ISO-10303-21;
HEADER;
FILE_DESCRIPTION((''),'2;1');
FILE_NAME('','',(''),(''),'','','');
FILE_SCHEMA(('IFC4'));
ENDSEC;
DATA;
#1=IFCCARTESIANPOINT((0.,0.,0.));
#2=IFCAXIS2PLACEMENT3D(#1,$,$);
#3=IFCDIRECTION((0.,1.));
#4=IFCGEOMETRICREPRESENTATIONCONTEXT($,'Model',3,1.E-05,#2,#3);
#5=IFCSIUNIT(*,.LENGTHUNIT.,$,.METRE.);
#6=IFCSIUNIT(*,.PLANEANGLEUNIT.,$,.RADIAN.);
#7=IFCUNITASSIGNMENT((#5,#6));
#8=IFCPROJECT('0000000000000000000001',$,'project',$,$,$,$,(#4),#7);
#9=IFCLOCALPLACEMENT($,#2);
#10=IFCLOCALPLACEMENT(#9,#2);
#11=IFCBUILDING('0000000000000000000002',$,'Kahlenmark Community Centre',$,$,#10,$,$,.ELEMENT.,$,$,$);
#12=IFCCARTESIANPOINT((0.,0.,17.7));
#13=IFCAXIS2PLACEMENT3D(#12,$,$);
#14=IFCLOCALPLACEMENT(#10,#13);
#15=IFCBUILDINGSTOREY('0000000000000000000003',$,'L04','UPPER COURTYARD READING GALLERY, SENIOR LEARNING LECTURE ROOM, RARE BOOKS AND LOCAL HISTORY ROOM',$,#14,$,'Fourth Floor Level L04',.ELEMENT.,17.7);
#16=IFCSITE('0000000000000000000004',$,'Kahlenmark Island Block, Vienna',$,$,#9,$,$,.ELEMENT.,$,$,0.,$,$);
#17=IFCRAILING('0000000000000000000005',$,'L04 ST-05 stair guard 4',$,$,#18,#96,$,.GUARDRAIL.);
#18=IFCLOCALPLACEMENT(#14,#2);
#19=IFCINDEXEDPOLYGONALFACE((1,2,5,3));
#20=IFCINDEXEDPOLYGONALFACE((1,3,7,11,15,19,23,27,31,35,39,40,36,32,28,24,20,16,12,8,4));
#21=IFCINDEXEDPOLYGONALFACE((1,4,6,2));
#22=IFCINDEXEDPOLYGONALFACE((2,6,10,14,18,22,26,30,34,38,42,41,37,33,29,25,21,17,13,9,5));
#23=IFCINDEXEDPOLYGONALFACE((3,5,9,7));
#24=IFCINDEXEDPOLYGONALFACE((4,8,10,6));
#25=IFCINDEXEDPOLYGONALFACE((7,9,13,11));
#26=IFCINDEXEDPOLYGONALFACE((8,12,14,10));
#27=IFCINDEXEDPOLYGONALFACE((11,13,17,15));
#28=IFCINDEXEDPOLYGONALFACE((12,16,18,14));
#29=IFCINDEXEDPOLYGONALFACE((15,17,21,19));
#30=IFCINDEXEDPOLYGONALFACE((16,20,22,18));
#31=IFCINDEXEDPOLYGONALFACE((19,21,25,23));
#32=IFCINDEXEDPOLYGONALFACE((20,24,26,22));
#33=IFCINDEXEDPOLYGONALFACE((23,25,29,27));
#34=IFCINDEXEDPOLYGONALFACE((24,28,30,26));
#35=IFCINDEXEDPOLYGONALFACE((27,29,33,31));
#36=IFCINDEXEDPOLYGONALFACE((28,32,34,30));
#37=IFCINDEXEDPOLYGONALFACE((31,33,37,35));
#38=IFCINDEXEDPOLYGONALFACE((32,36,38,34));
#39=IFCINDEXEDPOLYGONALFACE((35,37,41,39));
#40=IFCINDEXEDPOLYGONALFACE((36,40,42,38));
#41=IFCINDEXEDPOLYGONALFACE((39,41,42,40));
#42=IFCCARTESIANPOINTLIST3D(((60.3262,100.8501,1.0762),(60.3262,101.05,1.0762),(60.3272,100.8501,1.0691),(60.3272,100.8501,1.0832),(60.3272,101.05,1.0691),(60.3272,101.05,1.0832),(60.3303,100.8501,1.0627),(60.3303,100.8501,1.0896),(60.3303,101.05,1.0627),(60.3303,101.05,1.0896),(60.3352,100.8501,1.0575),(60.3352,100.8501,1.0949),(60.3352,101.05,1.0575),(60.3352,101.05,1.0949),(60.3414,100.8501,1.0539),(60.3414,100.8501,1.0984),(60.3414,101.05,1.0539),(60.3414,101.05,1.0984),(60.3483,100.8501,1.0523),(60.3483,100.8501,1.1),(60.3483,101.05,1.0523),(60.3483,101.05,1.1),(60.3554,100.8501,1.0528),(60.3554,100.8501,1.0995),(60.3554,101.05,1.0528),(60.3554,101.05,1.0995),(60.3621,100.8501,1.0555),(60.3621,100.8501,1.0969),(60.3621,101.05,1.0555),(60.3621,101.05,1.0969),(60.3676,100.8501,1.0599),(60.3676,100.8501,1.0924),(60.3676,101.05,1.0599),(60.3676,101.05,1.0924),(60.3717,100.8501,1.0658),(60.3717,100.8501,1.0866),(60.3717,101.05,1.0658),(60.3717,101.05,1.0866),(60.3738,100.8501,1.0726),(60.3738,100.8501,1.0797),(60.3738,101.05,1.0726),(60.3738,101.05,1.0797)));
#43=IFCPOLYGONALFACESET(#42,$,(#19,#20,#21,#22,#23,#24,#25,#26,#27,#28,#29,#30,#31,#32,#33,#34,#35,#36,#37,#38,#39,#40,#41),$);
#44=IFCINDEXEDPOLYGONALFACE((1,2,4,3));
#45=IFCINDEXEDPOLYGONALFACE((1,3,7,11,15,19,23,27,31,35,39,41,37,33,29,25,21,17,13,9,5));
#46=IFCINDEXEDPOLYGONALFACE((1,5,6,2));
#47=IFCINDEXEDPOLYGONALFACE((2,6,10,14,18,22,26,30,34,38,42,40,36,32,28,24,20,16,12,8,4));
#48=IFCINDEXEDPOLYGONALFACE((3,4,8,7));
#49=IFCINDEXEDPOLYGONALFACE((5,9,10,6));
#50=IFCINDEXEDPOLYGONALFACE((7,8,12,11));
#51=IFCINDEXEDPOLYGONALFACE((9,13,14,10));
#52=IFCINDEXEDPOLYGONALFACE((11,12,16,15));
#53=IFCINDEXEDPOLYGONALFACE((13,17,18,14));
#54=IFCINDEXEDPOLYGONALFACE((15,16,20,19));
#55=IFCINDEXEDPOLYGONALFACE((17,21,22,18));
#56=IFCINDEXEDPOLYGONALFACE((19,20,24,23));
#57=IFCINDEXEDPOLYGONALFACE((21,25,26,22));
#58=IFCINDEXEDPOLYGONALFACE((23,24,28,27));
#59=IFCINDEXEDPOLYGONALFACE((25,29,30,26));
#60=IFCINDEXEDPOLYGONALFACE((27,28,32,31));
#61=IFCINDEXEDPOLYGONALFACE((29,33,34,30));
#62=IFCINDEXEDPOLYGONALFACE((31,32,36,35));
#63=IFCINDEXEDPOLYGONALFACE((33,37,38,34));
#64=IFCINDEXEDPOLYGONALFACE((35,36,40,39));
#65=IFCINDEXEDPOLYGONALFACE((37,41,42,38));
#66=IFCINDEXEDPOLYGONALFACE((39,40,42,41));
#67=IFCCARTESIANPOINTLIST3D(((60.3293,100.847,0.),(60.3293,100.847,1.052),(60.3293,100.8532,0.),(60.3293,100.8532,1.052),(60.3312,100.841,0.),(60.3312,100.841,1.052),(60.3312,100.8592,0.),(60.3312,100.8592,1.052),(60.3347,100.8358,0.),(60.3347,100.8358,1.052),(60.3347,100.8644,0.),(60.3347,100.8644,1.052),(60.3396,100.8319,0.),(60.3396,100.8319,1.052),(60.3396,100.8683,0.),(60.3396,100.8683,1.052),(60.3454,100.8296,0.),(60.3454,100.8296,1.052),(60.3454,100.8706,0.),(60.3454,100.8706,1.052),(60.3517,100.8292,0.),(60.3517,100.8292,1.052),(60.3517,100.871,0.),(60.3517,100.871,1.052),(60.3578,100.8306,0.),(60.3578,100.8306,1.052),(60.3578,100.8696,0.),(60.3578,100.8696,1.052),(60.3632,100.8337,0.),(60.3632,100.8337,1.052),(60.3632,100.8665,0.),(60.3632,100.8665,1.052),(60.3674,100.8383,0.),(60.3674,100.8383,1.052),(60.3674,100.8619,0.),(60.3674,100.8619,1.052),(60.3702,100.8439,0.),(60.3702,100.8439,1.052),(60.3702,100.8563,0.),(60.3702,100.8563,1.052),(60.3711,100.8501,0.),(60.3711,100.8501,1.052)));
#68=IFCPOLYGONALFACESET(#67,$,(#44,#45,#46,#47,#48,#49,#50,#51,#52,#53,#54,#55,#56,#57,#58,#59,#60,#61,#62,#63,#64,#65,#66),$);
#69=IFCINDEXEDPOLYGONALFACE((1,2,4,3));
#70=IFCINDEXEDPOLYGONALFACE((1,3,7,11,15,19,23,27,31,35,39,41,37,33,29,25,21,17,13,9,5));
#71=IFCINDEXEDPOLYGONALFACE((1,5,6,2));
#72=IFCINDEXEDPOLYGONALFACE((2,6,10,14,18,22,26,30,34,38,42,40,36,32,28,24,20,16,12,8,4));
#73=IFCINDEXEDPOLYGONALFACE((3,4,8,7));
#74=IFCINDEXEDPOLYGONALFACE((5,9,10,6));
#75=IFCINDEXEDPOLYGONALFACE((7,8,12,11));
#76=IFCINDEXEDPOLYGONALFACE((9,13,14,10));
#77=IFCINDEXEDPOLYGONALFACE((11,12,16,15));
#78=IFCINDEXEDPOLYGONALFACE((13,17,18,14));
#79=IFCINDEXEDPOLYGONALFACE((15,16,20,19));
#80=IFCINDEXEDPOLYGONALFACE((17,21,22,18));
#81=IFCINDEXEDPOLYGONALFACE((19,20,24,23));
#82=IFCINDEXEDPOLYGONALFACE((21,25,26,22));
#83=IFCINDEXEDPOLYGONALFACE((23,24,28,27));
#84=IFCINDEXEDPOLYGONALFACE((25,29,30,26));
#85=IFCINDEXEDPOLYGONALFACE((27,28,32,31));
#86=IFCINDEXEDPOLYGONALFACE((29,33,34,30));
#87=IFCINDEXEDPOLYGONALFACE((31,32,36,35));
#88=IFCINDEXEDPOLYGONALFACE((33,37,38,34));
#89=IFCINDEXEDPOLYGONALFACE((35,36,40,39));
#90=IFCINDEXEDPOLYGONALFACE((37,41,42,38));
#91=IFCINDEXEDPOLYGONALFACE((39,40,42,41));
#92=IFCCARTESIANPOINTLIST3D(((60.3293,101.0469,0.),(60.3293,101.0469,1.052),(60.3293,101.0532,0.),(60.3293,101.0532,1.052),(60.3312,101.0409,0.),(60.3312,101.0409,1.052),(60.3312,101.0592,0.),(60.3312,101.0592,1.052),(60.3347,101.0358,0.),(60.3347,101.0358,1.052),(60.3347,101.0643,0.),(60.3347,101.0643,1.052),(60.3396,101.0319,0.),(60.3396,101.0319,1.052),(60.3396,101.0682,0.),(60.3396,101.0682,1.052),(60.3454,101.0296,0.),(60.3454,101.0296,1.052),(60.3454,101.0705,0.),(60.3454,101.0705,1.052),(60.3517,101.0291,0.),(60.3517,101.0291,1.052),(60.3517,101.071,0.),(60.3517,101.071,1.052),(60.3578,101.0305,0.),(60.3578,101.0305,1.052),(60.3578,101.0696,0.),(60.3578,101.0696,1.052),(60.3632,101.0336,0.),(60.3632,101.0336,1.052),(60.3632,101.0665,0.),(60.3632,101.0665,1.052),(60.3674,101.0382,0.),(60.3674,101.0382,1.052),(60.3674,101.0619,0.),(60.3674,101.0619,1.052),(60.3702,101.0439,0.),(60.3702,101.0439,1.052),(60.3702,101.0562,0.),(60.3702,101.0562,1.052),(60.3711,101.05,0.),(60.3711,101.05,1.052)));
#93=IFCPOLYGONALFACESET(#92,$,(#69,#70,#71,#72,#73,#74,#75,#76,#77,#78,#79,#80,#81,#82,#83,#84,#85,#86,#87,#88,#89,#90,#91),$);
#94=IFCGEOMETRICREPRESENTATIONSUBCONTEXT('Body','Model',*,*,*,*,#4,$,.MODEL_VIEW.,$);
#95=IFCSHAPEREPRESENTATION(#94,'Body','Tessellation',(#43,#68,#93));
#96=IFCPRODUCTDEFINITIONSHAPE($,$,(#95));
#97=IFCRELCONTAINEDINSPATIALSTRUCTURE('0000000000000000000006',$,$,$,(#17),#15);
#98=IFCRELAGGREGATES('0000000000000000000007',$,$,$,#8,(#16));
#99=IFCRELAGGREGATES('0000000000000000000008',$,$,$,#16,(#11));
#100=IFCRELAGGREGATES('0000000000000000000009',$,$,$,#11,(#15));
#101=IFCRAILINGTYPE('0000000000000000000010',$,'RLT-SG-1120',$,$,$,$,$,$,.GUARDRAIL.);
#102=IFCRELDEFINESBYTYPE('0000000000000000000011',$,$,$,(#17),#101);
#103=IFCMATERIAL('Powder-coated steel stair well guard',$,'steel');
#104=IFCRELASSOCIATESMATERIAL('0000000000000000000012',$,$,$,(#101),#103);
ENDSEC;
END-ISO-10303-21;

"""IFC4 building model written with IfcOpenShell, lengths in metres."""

from ifc_helpers import new_model, si_unit, direction, frame, origin, origin_2d, place, context, subcontext, project, spatial, circle, extrude, material, type_object, element, save


model = new_model("IFC4")

# Units and contexts
model_context = context("Model", 3, precision=1e-05, world=origin(), true_north=direction((0.0, 1.0)))
body_context = subcontext(model_context, "Body", "Model", "MODEL_VIEW")
ifc_project = project(units=[si_unit("LENGTHUNIT", "METRE"), si_unit("PLANEANGLEUNIT", "RADIAN")], contexts=[model_context])

# Site, building, storey
site_placement = place(None, origin())
site = spatial("IfcSite", under=ifc_project, at=site_placement, Name="Kahlenmark Island Block, Vienna", CompositionType="ELEMENT", RefElevation=0.0)
building_placement = place(site_placement, origin())
building = spatial("IfcBuilding", under=site, at=building_placement, Name="Kahlenmark Community Centre", CompositionType="ELEMENT")
storey_placement = place(building_placement, frame((0.0, 0.0, 17.7)))
storey = spatial("IfcBuildingStorey", under=building, at=storey_placement, Name="L04", Description="UPPER COURTYARD READING GALLERY, SENIOR LEARNING LECTURE ROOM, RARE BOOKS AND LOCAL HISTORY ROOM", LongName="Fourth Floor Level L04", CompositionType="ELEMENT", Elevation=17.7)

# Railing
ifc_material_1 = material(Name="Powder-coated steel stair well guard", Category="steel")
railing_type_1 = type_object("IfcRailingType", Name="RLT-SG-1120", PredefinedType="GUARDRAIL", material=ifc_material_1)
railing_1_placement = place(storey_placement, frame((60.3501, 100.8501, 0.0)))
element("IfcRailing", 1, at=railing_1_placement, inside=storey, type_object=railing_type_1, Name="L04 ST-05 stair guard 4", PredefinedType="GUARDRAIL", context=body_context, shape_type="SweptSolid", body=[
    extrude(circle(Radius=0.0239, at=origin_2d()), frame((0.0, 0.0, 1.0762), z_axis=(0.0, 1.0, 0.0), x_axis=(-1.0, 0.0, 0.0)), (0.0, 0.0, 1.0), 0.2),
    extrude(circle(Radius=0.021, at=origin_2d()), origin(), (0.0, 0.0, 1.0), 1.052),
    extrude(circle(Radius=0.021, at=origin_2d()), frame((0.0, 0.2, 0.0)), (0.0, 0.0, 1.0), 1.052),
])

save(model, "model.ifc")
